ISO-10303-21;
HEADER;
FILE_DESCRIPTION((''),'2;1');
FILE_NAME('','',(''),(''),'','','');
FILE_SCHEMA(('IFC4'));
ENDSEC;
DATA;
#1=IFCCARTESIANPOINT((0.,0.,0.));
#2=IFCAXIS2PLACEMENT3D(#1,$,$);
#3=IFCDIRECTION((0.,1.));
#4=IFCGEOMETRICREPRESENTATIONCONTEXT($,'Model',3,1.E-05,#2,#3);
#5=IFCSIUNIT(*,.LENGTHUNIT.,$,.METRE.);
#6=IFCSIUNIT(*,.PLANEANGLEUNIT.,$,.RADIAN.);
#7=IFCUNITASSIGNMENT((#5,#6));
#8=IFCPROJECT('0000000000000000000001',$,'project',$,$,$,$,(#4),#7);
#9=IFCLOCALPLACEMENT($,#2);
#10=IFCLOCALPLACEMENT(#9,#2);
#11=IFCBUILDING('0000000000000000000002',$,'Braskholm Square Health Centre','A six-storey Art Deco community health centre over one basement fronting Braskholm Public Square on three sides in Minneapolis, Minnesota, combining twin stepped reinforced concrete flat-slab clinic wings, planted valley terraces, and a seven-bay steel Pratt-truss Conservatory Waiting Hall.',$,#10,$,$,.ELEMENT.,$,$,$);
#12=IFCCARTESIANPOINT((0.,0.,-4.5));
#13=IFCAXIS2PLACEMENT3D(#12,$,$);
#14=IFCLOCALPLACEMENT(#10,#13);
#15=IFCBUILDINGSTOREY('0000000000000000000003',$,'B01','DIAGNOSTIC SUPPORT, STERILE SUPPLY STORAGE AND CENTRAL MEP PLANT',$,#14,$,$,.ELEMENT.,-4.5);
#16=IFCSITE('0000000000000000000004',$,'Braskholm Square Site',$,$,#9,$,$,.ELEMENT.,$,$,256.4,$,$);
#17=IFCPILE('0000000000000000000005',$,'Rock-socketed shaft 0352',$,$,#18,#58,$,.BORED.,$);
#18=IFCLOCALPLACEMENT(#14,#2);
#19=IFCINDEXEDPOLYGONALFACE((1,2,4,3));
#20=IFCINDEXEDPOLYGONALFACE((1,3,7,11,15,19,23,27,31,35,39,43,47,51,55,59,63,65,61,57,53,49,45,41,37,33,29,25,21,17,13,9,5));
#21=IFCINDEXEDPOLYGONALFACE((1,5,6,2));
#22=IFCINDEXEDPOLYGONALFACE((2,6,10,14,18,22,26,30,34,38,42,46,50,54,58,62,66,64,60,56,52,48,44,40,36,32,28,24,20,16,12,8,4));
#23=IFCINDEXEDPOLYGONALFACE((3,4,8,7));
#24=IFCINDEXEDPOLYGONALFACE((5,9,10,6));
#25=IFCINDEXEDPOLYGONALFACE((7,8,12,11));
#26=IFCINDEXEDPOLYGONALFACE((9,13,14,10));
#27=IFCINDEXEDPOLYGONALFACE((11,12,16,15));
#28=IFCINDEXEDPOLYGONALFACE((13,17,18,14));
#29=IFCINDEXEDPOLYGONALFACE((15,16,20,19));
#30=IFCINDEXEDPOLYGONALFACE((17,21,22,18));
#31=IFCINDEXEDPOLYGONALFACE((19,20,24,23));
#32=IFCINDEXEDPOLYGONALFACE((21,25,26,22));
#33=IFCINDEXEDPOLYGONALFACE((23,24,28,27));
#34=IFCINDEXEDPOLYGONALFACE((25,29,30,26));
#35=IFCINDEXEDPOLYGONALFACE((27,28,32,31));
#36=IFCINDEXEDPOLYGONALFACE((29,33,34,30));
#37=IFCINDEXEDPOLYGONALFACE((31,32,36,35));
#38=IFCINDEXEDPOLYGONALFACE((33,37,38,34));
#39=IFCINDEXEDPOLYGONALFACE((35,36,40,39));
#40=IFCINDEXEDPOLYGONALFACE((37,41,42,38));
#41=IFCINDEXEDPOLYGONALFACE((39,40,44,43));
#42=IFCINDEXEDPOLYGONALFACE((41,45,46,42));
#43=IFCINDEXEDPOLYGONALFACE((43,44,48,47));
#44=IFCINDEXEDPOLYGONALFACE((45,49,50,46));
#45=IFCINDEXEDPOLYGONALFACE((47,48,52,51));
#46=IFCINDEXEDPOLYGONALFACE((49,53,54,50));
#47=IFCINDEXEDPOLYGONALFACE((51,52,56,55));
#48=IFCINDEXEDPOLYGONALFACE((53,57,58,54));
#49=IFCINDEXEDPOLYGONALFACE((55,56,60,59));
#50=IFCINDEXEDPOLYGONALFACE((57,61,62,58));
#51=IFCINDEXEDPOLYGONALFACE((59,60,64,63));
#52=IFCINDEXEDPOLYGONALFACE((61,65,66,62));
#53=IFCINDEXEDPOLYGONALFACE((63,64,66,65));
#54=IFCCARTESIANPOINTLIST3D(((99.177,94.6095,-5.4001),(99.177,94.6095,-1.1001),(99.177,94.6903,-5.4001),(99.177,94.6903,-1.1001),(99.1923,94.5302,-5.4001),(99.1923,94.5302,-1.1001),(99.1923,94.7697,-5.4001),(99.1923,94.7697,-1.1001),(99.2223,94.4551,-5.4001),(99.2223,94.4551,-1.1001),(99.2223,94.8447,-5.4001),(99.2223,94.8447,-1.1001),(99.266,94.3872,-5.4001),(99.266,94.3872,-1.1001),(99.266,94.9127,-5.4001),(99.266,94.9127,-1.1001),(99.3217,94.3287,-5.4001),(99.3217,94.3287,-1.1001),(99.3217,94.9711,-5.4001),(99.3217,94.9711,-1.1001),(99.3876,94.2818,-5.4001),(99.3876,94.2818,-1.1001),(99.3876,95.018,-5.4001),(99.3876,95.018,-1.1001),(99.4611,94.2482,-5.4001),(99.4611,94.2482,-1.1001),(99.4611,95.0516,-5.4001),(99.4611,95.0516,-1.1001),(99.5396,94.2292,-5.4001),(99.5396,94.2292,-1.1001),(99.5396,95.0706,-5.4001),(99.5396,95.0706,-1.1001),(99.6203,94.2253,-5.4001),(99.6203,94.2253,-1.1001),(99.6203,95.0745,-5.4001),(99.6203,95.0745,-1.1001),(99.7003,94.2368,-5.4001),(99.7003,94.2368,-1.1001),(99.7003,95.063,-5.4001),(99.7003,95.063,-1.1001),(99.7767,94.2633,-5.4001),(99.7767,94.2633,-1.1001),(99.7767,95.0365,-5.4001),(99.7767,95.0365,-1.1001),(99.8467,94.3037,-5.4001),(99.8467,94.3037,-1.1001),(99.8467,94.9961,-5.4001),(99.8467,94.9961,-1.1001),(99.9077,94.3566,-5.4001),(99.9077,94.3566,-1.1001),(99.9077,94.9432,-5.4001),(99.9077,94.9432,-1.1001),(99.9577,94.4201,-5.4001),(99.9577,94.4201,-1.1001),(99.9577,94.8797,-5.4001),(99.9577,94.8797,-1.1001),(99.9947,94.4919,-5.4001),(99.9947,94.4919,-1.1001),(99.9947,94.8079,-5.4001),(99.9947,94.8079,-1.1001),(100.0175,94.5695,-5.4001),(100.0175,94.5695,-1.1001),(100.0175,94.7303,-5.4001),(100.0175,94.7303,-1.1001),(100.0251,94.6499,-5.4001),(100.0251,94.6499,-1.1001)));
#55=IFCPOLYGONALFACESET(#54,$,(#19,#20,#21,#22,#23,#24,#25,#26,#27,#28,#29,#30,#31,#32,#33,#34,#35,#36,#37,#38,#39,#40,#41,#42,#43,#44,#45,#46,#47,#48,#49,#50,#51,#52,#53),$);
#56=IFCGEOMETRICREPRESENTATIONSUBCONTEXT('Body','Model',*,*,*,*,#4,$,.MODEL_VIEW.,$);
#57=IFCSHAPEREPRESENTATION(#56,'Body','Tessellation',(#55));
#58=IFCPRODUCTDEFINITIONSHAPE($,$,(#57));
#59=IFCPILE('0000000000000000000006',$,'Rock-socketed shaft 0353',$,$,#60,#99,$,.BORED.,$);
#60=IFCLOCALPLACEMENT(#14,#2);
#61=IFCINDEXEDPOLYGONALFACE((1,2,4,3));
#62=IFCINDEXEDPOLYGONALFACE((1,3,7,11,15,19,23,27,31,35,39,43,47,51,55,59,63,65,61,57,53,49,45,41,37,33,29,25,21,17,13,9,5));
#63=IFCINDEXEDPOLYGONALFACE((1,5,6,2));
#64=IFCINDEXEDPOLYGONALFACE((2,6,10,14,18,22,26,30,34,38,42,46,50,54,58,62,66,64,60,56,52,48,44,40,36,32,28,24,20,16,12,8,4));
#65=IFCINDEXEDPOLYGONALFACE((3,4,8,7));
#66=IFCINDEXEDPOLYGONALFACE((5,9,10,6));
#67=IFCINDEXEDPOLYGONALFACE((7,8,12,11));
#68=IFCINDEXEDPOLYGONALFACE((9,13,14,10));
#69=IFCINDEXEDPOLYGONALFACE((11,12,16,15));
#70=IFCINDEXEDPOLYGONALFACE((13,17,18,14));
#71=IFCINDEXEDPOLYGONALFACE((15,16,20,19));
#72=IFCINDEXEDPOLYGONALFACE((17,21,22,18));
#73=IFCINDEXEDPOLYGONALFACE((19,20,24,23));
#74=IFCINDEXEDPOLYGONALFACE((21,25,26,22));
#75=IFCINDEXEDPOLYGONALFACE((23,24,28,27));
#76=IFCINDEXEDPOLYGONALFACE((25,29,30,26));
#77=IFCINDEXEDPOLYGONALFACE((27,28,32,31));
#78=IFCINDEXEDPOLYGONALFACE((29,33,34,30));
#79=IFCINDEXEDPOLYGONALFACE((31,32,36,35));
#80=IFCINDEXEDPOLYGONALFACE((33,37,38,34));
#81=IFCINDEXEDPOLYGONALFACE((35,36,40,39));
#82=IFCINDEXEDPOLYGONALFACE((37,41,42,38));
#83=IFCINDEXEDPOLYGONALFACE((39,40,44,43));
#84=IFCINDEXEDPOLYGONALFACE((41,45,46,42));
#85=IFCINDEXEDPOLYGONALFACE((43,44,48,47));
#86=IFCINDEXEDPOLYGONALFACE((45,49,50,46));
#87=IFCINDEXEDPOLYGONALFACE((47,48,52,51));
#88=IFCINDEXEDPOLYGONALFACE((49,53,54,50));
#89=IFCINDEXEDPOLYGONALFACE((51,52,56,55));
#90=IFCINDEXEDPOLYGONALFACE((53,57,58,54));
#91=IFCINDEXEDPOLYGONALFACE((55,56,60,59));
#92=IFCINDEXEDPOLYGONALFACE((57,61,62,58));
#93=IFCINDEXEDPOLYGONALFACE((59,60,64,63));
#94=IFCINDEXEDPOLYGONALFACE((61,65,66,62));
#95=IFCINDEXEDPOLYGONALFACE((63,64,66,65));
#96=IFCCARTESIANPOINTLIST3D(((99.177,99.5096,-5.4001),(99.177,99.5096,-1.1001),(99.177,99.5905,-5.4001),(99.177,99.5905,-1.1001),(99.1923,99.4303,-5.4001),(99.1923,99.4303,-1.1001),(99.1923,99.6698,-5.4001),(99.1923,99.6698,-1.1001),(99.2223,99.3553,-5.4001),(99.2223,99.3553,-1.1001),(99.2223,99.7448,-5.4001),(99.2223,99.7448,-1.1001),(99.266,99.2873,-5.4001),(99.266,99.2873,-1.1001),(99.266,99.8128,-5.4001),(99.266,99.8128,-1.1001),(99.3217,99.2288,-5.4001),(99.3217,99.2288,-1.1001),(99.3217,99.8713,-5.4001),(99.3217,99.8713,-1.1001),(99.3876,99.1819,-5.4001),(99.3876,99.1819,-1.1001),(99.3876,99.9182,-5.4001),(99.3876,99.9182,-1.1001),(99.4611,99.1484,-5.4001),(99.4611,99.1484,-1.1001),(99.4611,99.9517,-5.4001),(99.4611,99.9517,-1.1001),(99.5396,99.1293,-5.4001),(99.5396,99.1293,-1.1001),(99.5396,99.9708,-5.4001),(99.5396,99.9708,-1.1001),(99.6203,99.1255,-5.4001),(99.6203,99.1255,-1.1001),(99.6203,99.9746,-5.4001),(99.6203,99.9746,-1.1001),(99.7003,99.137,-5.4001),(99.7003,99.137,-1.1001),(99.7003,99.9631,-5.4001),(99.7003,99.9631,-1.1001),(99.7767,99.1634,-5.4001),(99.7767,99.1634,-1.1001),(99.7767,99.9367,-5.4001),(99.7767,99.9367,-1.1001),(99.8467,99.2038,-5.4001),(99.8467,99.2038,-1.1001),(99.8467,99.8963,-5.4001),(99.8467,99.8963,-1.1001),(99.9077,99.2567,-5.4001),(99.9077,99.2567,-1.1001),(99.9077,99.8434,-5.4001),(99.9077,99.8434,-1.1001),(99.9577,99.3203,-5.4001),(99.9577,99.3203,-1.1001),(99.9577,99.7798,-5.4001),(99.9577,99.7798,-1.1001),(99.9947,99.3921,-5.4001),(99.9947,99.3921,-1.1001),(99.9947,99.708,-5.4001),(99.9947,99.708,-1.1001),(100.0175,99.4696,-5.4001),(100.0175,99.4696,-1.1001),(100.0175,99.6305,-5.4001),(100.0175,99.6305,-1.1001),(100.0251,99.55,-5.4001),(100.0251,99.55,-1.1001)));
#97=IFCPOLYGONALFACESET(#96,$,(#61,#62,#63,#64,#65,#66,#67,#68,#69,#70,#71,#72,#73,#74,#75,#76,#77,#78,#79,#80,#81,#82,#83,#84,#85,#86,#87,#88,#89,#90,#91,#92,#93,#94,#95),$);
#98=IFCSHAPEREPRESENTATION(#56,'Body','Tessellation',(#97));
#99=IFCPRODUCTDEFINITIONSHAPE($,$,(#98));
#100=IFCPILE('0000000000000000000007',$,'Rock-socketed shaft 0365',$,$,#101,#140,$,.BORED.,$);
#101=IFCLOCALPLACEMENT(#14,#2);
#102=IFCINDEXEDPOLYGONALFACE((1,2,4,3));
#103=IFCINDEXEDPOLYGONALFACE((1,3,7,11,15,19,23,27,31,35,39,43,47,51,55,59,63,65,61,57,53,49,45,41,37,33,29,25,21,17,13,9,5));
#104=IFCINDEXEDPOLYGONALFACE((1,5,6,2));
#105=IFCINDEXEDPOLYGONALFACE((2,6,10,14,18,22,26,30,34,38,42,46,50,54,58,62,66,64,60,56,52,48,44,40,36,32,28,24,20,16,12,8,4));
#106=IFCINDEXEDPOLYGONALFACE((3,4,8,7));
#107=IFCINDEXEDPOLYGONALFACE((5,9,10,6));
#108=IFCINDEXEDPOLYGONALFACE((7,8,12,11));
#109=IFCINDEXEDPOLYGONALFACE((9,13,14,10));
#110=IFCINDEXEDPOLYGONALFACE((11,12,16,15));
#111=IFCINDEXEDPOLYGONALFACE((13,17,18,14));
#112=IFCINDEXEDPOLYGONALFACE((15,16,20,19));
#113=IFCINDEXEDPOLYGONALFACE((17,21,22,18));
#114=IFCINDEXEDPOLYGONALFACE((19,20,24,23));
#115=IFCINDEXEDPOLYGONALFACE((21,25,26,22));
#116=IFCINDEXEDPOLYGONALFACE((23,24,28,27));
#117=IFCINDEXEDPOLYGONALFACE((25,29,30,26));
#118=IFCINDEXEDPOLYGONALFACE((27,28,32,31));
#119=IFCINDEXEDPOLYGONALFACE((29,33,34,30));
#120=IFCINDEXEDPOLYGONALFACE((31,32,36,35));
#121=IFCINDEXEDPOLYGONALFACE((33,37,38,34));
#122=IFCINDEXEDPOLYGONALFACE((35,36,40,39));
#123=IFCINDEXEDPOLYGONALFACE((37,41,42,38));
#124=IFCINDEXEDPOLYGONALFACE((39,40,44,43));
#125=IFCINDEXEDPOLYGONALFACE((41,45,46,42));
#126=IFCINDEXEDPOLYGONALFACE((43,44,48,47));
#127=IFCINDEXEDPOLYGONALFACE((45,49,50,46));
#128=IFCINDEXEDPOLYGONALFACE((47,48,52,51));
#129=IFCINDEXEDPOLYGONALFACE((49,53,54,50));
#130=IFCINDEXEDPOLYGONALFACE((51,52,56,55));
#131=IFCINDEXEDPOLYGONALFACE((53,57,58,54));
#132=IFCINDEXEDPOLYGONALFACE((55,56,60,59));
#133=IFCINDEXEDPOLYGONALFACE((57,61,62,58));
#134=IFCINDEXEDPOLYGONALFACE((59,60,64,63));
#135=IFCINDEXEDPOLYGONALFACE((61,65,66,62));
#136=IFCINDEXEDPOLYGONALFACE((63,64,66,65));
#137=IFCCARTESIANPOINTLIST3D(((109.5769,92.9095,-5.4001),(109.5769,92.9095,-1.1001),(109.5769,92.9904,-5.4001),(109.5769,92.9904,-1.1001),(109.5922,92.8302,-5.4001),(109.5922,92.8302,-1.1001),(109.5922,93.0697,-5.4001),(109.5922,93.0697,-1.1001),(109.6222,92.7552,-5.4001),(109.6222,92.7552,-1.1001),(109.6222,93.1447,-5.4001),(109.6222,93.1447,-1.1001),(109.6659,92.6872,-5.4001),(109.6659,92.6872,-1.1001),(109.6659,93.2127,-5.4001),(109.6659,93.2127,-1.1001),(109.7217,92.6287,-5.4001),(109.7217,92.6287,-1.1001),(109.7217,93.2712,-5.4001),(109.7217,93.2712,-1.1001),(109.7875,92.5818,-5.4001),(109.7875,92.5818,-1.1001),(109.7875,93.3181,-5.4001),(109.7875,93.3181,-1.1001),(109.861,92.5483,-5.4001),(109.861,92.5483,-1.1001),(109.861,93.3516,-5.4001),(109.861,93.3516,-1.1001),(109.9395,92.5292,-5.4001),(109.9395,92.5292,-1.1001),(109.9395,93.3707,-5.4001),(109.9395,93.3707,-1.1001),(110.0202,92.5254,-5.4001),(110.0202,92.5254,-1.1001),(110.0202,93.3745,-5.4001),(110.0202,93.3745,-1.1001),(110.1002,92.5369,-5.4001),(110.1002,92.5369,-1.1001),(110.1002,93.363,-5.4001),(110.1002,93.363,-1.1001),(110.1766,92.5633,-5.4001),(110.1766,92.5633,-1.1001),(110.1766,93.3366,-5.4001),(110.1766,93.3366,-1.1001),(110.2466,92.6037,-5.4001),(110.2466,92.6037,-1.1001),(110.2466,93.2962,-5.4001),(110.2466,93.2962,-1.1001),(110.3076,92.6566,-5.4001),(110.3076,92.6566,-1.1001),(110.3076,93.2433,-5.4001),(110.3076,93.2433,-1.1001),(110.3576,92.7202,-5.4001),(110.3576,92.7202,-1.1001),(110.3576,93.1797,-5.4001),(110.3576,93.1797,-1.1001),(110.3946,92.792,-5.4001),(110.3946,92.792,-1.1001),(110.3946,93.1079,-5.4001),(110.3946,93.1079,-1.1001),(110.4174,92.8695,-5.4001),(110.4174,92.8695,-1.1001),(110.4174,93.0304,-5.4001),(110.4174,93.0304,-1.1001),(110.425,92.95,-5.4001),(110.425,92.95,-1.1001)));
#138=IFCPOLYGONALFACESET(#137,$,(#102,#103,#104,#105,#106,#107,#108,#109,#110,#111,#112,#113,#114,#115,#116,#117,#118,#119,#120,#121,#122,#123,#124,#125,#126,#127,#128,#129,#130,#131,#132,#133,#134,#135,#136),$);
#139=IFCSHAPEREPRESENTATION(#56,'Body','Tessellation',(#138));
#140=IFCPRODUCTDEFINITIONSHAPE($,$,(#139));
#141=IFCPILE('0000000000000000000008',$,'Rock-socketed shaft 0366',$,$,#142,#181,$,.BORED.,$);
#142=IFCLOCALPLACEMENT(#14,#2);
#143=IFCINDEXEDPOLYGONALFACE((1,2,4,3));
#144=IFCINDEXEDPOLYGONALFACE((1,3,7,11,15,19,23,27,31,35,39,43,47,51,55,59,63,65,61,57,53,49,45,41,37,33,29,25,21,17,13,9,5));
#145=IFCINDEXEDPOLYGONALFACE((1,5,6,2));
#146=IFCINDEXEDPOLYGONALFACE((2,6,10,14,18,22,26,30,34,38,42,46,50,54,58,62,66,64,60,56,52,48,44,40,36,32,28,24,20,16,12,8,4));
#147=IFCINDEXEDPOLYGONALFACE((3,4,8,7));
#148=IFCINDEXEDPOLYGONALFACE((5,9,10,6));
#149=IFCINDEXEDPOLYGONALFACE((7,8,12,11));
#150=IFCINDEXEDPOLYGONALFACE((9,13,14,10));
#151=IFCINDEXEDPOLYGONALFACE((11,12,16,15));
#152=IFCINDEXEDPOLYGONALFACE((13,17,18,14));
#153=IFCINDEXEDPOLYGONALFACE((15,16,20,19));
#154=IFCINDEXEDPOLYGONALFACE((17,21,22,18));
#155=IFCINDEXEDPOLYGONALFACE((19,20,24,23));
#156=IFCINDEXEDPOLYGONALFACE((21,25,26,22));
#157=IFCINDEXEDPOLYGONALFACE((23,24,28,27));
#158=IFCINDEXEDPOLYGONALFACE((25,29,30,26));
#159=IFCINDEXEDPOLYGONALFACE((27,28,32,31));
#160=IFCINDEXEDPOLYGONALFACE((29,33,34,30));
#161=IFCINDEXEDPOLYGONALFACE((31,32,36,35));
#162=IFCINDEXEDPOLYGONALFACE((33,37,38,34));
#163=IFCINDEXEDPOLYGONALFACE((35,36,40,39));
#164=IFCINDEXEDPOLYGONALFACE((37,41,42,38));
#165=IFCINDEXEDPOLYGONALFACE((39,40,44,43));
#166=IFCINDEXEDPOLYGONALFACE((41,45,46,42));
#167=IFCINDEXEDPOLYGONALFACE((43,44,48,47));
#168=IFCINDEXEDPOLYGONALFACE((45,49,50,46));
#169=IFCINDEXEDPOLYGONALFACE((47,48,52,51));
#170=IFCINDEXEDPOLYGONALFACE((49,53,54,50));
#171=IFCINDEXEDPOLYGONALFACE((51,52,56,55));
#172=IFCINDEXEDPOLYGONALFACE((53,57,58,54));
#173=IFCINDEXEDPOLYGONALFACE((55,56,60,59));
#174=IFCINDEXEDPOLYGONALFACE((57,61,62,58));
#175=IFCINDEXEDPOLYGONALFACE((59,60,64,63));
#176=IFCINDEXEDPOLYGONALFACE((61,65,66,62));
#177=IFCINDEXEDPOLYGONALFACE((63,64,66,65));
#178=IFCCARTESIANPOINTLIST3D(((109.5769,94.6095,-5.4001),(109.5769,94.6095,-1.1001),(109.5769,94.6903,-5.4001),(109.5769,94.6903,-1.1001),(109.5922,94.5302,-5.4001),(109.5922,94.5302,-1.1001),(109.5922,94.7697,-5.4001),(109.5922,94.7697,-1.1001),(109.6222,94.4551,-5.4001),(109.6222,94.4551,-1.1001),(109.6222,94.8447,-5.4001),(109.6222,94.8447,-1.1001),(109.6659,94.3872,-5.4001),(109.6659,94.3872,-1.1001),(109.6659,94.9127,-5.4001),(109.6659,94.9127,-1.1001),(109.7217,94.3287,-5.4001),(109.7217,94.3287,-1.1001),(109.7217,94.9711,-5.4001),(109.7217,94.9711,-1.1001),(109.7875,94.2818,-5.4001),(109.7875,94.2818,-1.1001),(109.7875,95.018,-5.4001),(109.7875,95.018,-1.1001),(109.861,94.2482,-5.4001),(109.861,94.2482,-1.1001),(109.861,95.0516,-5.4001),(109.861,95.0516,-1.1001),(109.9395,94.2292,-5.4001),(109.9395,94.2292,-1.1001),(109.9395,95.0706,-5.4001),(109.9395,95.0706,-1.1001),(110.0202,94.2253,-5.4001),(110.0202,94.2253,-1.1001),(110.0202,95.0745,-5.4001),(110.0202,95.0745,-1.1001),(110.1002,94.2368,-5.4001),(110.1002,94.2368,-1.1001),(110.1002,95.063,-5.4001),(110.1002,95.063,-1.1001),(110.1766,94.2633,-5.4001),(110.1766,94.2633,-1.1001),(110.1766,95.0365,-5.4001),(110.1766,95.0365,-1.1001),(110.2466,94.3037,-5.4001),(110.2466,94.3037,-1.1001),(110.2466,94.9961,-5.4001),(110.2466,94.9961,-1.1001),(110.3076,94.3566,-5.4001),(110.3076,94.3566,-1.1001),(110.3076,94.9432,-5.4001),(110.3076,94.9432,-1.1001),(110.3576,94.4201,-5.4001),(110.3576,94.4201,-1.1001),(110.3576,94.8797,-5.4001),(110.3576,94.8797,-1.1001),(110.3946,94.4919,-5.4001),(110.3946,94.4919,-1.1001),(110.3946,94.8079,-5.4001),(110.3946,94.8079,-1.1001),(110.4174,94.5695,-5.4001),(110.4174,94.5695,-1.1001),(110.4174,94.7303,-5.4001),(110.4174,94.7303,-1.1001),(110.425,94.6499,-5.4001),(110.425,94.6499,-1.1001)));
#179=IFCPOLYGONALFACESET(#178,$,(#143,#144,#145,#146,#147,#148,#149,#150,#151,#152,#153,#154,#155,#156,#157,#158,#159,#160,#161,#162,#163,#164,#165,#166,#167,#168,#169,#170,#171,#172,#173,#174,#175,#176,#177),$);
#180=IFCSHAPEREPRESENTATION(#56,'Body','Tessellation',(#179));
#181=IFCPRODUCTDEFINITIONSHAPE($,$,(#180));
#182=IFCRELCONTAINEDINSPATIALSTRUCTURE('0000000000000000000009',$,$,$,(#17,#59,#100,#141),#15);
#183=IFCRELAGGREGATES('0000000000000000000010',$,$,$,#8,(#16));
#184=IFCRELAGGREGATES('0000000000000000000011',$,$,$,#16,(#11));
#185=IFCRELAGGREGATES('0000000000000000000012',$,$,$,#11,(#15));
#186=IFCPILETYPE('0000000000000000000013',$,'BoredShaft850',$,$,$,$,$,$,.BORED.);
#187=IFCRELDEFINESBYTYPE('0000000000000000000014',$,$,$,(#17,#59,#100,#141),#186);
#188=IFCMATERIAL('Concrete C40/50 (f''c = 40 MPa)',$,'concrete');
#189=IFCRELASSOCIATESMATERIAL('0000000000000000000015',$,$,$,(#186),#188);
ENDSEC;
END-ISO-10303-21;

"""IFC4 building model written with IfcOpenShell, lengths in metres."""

from ifc_helpers import new_model, si_unit, direction, frame, origin, origin_2d, place, context, subcontext, project, spatial, circle, extrude, material, material_profile, profile_set, type_object, element, save


model = new_model("IFC4")

# Units and contexts
model_context = context("Model", 3, precision=1e-05, world=origin(), true_north=direction((0.0, 1.0)))
body_context = subcontext(model_context, "Body", "Model", "MODEL_VIEW")
ifc_project = project(units=[si_unit("LENGTHUNIT", "METRE"), si_unit("PLANEANGLEUNIT", "RADIAN")], contexts=[model_context])

# Site, building, storey
site_placement = place(None, origin())
site = spatial("IfcSite", under=ifc_project, at=site_placement, Name="Braskholm Square Site", CompositionType="ELEMENT", RefElevation=256.4)
building_placement = place(site_placement, origin())
building = spatial("IfcBuilding", under=site, at=building_placement, Name="Braskholm Square Health Centre", Description="A six-storey Art Deco community health centre over one basement fronting Braskholm Public Square on three sides in Minneapolis, Minnesota, combining twin stepped reinforced concrete flat-slab clinic wings, planted valley terraces, and a seven-bay steel Pratt-truss Conservatory Waiting Hall.", CompositionType="ELEMENT")
storey_placement = place(building_placement, frame((0.0, 0.0, -4.5)))
storey = spatial("IfcBuildingStorey", under=building, at=storey_placement, Name="B01", Description="DIAGNOSTIC SUPPORT, STERILE SUPPLY STORAGE AND CENTRAL MEP PLANT", CompositionType="ELEMENT", Elevation=-4.5)

# Piles
ifc_material_1 = material(Name="Concrete C40/50 (f'c = 40 MPa)", Category="concrete")
ifc_material_profile_1 = material_profile(ifc_material_1, circle(Radius=0.425, at=origin_2d()), Name="BORED-PILE-850")
ifc_profile_set_1 = profile_set([ifc_material_profile_1], Name="Concrete C40/50 (f'c = 40 MPa)")
pile_type_1 = type_object("IfcPileType", Name="BoredShaft850", PredefinedType="BORED", material=ifc_profile_set_1)
for number, where, z_axis, x_axis, name in (
    (1, (99.6001, 94.6499, -1.1001), (0.0, 0.0, -1.0), (1.0, 0.0, 0.0), "Rock-socketed shaft 0352"),
    (2, (99.6001, 99.55, -1.1001), (0.0, 0.0, -1.0), (1.0, 0.0, 0.0), "Rock-socketed shaft 0353"),
    (3, (110.0, 92.95, -1.1001), (0.0, 0.0, -1.0), (1.0, 0.0, 0.0), "Rock-socketed shaft 0365"),
    (4, (110.0, 94.6499, -1.1001), (0.0, 0.0, -1.0), (1.0, 0.0, 0.0), "Rock-socketed shaft 0366"),
):
    element("IfcPile", number, at=place(storey_placement, frame(where, z_axis=z_axis, x_axis=x_axis)), inside=storey, type_object=pile_type_1, Name=name, PredefinedType="BORED", context=body_context, shape_type="SweptSolid", body=[
        extrude(circle(Radius=0.425, at=origin_2d()), origin(), (0.0, 0.0, 1.0), 4.3),
    ])

save(model, "model.ifc")
